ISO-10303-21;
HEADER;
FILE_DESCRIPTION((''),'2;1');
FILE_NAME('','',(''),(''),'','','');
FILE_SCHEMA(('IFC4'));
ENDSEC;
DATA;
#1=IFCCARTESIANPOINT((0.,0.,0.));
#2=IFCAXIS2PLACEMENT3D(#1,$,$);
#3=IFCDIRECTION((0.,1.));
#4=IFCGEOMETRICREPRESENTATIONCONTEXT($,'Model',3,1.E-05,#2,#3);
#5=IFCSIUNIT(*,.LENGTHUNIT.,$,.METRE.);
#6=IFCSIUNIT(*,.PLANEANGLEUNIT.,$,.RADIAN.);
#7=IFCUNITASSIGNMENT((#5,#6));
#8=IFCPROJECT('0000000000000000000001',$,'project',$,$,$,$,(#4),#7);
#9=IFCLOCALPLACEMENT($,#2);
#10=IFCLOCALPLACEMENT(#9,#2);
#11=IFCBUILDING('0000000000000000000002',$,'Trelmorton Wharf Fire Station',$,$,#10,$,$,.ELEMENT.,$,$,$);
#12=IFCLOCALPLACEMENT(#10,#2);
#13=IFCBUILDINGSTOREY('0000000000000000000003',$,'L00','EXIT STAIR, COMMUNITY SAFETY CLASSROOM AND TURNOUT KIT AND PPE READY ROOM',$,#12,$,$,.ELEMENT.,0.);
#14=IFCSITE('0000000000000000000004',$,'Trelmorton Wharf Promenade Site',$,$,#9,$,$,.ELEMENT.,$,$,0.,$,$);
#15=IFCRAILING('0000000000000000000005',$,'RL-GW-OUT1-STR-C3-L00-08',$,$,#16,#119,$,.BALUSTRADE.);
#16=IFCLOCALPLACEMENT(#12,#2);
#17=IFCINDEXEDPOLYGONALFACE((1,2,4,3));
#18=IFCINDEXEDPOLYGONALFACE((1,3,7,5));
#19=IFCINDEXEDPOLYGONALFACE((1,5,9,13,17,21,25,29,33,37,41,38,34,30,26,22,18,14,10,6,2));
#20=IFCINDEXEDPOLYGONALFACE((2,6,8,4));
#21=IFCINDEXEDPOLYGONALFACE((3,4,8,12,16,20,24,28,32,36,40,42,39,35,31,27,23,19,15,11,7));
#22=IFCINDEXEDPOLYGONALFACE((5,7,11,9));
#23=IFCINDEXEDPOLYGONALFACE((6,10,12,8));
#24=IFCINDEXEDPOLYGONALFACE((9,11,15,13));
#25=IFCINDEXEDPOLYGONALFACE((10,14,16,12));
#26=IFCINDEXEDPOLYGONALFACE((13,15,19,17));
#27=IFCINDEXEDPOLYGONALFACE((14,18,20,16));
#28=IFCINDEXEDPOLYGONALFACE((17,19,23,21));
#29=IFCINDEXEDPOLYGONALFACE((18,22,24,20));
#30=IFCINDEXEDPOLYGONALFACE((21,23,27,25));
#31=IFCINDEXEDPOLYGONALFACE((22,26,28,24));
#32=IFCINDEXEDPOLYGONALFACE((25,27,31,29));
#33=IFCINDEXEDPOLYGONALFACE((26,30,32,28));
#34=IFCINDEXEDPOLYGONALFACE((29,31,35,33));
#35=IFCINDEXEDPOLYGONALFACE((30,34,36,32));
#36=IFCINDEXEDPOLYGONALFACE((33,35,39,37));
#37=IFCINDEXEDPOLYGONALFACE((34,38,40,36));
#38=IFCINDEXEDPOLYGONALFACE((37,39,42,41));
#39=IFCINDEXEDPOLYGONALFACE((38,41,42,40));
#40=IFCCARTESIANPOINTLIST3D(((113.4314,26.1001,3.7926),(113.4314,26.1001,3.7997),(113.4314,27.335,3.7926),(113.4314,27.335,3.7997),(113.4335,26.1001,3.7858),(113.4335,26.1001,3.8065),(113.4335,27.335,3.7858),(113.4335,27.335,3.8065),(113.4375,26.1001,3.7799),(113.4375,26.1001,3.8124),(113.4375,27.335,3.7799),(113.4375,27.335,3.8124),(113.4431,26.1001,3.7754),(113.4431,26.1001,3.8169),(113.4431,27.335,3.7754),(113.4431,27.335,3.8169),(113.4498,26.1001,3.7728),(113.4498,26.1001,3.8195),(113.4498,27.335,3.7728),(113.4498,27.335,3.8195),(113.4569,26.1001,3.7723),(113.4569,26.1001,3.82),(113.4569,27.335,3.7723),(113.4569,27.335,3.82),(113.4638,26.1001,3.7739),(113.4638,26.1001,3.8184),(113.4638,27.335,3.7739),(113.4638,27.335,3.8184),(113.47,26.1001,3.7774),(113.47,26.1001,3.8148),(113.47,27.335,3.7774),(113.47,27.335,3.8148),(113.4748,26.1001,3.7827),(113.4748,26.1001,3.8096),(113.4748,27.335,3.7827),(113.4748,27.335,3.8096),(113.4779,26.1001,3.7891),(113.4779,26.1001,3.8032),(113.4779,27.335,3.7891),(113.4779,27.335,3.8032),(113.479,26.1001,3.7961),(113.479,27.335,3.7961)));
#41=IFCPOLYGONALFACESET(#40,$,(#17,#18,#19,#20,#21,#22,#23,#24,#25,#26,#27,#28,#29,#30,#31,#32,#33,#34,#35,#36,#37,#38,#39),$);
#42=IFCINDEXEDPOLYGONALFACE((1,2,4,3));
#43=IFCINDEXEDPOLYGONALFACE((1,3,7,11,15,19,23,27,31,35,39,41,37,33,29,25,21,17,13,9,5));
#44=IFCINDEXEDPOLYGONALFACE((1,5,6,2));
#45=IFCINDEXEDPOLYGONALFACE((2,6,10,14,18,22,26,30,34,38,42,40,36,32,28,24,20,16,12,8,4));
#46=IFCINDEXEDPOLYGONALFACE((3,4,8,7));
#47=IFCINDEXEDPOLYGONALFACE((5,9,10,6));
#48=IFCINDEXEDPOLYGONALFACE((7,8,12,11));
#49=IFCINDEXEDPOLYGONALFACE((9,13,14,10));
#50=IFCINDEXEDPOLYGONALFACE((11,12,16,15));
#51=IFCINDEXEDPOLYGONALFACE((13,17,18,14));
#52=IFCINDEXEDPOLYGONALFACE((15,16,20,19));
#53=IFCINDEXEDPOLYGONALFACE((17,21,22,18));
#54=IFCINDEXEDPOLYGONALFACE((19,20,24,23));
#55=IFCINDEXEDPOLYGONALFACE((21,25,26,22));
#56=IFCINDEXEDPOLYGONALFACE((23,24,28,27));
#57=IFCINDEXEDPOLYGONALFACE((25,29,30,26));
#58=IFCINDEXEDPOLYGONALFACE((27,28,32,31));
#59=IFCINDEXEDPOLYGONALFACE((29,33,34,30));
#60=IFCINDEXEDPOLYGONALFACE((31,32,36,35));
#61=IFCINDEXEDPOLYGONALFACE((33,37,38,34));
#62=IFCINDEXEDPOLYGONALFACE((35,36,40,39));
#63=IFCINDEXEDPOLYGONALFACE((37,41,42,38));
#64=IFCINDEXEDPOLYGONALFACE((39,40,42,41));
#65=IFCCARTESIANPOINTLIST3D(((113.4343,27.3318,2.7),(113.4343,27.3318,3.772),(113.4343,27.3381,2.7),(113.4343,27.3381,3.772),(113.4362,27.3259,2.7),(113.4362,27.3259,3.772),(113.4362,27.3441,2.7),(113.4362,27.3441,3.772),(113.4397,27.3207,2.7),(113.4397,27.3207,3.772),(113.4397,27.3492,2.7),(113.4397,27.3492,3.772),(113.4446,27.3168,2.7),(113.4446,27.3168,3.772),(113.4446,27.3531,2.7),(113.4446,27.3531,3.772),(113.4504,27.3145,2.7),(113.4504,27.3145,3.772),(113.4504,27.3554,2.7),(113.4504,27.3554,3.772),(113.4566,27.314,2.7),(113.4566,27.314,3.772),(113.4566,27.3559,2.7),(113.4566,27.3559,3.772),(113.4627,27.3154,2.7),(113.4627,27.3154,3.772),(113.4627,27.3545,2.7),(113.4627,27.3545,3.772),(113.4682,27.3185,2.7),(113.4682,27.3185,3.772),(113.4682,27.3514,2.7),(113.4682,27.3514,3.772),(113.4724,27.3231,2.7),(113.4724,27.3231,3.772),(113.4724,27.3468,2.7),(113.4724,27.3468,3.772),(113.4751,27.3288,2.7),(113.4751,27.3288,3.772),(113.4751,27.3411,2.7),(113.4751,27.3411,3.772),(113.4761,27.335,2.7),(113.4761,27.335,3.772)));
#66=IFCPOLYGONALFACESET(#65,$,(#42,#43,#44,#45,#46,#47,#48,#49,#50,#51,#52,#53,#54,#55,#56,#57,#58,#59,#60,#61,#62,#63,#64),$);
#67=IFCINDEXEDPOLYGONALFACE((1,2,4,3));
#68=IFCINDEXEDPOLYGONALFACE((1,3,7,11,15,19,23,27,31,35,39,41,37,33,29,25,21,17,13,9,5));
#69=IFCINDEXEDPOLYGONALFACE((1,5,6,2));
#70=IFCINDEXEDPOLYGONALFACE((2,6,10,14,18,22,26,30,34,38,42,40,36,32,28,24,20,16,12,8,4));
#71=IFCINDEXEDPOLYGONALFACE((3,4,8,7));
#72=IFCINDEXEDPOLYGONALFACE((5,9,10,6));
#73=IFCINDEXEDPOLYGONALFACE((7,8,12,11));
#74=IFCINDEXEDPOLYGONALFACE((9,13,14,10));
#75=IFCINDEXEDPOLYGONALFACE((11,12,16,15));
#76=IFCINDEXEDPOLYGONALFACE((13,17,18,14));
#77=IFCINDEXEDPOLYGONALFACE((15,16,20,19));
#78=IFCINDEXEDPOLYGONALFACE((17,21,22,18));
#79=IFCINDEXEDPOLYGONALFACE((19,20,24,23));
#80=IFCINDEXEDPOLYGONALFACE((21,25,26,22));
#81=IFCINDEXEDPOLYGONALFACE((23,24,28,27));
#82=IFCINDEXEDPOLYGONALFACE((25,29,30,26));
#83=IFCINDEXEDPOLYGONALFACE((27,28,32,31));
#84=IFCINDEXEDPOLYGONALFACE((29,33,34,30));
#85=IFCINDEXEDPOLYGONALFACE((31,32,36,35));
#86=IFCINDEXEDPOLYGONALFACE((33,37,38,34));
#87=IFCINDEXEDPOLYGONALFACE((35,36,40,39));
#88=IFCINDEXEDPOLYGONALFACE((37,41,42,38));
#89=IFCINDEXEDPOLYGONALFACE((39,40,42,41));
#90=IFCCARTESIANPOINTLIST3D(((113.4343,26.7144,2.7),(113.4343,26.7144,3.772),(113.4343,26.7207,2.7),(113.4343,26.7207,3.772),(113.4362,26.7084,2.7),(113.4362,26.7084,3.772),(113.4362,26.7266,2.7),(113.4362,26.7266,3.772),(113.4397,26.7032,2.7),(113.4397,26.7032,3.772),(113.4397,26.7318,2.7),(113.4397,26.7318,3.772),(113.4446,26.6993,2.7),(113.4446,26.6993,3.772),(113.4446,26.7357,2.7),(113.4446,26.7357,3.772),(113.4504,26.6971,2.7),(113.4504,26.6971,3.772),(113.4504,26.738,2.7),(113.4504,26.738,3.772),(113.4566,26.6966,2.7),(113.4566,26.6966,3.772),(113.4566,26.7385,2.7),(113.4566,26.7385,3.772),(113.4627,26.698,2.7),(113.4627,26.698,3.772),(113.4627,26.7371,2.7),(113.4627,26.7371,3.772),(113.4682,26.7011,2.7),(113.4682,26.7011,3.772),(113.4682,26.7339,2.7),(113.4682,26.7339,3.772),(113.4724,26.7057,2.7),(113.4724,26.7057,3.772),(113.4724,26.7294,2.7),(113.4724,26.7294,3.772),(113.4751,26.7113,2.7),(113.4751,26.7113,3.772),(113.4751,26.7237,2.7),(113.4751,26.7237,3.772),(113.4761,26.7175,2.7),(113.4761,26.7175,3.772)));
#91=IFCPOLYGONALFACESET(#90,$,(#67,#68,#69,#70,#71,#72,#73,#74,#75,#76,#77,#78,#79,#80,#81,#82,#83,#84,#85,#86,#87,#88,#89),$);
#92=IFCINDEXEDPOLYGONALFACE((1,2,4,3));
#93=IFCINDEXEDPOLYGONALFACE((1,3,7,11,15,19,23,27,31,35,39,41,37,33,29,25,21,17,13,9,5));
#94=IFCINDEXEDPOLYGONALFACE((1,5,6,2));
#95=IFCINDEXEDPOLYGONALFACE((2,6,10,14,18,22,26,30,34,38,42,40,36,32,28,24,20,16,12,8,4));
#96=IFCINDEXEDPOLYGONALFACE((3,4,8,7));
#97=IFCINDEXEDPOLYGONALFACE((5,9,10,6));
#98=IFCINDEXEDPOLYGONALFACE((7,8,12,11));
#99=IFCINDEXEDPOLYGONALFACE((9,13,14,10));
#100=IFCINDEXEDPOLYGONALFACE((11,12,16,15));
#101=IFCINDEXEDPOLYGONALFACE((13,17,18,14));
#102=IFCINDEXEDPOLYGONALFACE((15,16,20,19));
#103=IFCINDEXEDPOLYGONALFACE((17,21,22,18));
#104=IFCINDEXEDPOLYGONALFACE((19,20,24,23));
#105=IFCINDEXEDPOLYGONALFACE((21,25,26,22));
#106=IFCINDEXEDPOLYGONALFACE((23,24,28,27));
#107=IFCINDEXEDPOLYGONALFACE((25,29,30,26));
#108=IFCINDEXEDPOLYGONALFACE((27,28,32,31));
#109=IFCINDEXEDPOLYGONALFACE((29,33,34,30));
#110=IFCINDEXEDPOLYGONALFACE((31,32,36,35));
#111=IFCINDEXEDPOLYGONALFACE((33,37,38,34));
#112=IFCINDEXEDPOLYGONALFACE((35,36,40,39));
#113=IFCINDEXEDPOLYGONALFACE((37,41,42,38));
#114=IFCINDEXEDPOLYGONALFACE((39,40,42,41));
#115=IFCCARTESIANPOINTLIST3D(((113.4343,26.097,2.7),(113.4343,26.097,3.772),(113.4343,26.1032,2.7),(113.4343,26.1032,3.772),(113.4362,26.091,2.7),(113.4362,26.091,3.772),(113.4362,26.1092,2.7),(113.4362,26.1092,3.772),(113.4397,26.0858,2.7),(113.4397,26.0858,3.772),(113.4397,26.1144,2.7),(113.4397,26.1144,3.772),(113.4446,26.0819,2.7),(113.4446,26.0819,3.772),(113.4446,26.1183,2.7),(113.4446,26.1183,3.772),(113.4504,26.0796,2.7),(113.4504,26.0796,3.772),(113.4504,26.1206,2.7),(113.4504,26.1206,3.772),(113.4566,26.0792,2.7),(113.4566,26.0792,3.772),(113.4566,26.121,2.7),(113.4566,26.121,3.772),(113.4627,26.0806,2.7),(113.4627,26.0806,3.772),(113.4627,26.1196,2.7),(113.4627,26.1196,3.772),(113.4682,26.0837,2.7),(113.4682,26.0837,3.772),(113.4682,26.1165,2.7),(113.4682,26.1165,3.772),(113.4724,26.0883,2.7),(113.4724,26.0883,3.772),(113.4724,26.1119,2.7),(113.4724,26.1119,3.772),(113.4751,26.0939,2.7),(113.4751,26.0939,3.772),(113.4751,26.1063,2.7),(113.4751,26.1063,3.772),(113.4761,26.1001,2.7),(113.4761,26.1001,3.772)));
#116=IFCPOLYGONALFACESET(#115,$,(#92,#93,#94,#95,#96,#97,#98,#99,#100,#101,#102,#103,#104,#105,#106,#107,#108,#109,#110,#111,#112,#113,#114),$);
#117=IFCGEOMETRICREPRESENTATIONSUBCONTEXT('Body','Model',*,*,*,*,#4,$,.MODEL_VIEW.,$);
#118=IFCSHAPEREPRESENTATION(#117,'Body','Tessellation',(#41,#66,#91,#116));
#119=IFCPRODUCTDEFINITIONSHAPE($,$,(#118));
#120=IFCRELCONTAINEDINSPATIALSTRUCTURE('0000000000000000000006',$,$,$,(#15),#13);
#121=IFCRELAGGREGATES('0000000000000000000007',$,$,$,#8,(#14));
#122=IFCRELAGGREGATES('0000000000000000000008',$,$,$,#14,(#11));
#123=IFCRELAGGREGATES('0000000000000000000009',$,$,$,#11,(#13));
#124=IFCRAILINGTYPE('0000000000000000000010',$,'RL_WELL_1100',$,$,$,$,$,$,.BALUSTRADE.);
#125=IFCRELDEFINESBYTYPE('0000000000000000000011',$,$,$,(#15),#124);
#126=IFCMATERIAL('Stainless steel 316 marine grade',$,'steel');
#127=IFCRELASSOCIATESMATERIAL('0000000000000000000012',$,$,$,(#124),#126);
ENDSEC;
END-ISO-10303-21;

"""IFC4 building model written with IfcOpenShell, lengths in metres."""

from ifc_helpers import new_model, si_unit, direction, frame, origin, origin_2d, place, context, subcontext, project, spatial, circle, extrude, material, type_object, element, save


model = new_model("IFC4")

# Units and contexts
model_context = context("Model", 3, precision=1e-05, world=origin(), true_north=direction((0.0, 1.0)))
body_context = subcontext(model_context, "Body", "Model", "MODEL_VIEW")
ifc_project = project(units=[si_unit("LENGTHUNIT", "METRE"), si_unit("PLANEANGLEUNIT", "RADIAN")], contexts=[model_context])

# Site, building, storey
site_placement = place(None, origin())
site = spatial("IfcSite", under=ifc_project, at=site_placement, Name="Trelmorton Wharf Promenade Site", CompositionType="ELEMENT", RefElevation=0.0)
building_placement = place(site_placement, origin())
building = spatial("IfcBuilding", under=site, at=building_placement, Name="Trelmorton Wharf Fire Station", CompositionType="ELEMENT")
storey_placement = place(building_placement, origin())
storey = spatial("IfcBuildingStorey", under=building, at=storey_placement, Name="L00", Description="EXIT STAIR, COMMUNITY SAFETY CLASSROOM AND TURNOUT KIT AND PPE READY ROOM", CompositionType="ELEMENT", Elevation=0.0)

# Shared definitions
ifc_material_1 = material(Name="Stainless steel 316 marine grade", Category="steel")

# Railing
railing_type = type_object("IfcRailingType", Name="RL_WELL_1100", PredefinedType="BALUSTRADE", material=ifc_material_1)
railing_placement = place(storey_placement, frame((113.4551, 27.335, 2.7)))
element("IfcRailing", 1, at=railing_placement, inside=storey, type_object=railing_type, Name="RL-GW-OUT1-STR-C3-L00-08", PredefinedType="BALUSTRADE", context=body_context, shape_type="SweptSolid", body=[
    extrude(circle(Radius=0.0239, at=origin_2d()), frame((0.0, 0.0, 1.0962), z_axis=(0.0, -1.0, 0.0), x_axis=(1.0, 0.0, 0.0)), (0.0, 0.0, 1.0), 1.2349),
    extrude(circle(Radius=0.021, at=origin_2d()), origin(), (0.0, 0.0, 1.0), 1.072),
    extrude(circle(Radius=0.021, at=origin_2d()), frame((0.0, -0.6174, 0.0)), (0.0, 0.0, 1.0), 1.072),
    extrude(circle(Radius=0.021, at=origin_2d()), frame((0.0, -1.2349, 0.0)), (0.0, 0.0, 1.0), 1.072),
])

save(model, "model.ifc")
